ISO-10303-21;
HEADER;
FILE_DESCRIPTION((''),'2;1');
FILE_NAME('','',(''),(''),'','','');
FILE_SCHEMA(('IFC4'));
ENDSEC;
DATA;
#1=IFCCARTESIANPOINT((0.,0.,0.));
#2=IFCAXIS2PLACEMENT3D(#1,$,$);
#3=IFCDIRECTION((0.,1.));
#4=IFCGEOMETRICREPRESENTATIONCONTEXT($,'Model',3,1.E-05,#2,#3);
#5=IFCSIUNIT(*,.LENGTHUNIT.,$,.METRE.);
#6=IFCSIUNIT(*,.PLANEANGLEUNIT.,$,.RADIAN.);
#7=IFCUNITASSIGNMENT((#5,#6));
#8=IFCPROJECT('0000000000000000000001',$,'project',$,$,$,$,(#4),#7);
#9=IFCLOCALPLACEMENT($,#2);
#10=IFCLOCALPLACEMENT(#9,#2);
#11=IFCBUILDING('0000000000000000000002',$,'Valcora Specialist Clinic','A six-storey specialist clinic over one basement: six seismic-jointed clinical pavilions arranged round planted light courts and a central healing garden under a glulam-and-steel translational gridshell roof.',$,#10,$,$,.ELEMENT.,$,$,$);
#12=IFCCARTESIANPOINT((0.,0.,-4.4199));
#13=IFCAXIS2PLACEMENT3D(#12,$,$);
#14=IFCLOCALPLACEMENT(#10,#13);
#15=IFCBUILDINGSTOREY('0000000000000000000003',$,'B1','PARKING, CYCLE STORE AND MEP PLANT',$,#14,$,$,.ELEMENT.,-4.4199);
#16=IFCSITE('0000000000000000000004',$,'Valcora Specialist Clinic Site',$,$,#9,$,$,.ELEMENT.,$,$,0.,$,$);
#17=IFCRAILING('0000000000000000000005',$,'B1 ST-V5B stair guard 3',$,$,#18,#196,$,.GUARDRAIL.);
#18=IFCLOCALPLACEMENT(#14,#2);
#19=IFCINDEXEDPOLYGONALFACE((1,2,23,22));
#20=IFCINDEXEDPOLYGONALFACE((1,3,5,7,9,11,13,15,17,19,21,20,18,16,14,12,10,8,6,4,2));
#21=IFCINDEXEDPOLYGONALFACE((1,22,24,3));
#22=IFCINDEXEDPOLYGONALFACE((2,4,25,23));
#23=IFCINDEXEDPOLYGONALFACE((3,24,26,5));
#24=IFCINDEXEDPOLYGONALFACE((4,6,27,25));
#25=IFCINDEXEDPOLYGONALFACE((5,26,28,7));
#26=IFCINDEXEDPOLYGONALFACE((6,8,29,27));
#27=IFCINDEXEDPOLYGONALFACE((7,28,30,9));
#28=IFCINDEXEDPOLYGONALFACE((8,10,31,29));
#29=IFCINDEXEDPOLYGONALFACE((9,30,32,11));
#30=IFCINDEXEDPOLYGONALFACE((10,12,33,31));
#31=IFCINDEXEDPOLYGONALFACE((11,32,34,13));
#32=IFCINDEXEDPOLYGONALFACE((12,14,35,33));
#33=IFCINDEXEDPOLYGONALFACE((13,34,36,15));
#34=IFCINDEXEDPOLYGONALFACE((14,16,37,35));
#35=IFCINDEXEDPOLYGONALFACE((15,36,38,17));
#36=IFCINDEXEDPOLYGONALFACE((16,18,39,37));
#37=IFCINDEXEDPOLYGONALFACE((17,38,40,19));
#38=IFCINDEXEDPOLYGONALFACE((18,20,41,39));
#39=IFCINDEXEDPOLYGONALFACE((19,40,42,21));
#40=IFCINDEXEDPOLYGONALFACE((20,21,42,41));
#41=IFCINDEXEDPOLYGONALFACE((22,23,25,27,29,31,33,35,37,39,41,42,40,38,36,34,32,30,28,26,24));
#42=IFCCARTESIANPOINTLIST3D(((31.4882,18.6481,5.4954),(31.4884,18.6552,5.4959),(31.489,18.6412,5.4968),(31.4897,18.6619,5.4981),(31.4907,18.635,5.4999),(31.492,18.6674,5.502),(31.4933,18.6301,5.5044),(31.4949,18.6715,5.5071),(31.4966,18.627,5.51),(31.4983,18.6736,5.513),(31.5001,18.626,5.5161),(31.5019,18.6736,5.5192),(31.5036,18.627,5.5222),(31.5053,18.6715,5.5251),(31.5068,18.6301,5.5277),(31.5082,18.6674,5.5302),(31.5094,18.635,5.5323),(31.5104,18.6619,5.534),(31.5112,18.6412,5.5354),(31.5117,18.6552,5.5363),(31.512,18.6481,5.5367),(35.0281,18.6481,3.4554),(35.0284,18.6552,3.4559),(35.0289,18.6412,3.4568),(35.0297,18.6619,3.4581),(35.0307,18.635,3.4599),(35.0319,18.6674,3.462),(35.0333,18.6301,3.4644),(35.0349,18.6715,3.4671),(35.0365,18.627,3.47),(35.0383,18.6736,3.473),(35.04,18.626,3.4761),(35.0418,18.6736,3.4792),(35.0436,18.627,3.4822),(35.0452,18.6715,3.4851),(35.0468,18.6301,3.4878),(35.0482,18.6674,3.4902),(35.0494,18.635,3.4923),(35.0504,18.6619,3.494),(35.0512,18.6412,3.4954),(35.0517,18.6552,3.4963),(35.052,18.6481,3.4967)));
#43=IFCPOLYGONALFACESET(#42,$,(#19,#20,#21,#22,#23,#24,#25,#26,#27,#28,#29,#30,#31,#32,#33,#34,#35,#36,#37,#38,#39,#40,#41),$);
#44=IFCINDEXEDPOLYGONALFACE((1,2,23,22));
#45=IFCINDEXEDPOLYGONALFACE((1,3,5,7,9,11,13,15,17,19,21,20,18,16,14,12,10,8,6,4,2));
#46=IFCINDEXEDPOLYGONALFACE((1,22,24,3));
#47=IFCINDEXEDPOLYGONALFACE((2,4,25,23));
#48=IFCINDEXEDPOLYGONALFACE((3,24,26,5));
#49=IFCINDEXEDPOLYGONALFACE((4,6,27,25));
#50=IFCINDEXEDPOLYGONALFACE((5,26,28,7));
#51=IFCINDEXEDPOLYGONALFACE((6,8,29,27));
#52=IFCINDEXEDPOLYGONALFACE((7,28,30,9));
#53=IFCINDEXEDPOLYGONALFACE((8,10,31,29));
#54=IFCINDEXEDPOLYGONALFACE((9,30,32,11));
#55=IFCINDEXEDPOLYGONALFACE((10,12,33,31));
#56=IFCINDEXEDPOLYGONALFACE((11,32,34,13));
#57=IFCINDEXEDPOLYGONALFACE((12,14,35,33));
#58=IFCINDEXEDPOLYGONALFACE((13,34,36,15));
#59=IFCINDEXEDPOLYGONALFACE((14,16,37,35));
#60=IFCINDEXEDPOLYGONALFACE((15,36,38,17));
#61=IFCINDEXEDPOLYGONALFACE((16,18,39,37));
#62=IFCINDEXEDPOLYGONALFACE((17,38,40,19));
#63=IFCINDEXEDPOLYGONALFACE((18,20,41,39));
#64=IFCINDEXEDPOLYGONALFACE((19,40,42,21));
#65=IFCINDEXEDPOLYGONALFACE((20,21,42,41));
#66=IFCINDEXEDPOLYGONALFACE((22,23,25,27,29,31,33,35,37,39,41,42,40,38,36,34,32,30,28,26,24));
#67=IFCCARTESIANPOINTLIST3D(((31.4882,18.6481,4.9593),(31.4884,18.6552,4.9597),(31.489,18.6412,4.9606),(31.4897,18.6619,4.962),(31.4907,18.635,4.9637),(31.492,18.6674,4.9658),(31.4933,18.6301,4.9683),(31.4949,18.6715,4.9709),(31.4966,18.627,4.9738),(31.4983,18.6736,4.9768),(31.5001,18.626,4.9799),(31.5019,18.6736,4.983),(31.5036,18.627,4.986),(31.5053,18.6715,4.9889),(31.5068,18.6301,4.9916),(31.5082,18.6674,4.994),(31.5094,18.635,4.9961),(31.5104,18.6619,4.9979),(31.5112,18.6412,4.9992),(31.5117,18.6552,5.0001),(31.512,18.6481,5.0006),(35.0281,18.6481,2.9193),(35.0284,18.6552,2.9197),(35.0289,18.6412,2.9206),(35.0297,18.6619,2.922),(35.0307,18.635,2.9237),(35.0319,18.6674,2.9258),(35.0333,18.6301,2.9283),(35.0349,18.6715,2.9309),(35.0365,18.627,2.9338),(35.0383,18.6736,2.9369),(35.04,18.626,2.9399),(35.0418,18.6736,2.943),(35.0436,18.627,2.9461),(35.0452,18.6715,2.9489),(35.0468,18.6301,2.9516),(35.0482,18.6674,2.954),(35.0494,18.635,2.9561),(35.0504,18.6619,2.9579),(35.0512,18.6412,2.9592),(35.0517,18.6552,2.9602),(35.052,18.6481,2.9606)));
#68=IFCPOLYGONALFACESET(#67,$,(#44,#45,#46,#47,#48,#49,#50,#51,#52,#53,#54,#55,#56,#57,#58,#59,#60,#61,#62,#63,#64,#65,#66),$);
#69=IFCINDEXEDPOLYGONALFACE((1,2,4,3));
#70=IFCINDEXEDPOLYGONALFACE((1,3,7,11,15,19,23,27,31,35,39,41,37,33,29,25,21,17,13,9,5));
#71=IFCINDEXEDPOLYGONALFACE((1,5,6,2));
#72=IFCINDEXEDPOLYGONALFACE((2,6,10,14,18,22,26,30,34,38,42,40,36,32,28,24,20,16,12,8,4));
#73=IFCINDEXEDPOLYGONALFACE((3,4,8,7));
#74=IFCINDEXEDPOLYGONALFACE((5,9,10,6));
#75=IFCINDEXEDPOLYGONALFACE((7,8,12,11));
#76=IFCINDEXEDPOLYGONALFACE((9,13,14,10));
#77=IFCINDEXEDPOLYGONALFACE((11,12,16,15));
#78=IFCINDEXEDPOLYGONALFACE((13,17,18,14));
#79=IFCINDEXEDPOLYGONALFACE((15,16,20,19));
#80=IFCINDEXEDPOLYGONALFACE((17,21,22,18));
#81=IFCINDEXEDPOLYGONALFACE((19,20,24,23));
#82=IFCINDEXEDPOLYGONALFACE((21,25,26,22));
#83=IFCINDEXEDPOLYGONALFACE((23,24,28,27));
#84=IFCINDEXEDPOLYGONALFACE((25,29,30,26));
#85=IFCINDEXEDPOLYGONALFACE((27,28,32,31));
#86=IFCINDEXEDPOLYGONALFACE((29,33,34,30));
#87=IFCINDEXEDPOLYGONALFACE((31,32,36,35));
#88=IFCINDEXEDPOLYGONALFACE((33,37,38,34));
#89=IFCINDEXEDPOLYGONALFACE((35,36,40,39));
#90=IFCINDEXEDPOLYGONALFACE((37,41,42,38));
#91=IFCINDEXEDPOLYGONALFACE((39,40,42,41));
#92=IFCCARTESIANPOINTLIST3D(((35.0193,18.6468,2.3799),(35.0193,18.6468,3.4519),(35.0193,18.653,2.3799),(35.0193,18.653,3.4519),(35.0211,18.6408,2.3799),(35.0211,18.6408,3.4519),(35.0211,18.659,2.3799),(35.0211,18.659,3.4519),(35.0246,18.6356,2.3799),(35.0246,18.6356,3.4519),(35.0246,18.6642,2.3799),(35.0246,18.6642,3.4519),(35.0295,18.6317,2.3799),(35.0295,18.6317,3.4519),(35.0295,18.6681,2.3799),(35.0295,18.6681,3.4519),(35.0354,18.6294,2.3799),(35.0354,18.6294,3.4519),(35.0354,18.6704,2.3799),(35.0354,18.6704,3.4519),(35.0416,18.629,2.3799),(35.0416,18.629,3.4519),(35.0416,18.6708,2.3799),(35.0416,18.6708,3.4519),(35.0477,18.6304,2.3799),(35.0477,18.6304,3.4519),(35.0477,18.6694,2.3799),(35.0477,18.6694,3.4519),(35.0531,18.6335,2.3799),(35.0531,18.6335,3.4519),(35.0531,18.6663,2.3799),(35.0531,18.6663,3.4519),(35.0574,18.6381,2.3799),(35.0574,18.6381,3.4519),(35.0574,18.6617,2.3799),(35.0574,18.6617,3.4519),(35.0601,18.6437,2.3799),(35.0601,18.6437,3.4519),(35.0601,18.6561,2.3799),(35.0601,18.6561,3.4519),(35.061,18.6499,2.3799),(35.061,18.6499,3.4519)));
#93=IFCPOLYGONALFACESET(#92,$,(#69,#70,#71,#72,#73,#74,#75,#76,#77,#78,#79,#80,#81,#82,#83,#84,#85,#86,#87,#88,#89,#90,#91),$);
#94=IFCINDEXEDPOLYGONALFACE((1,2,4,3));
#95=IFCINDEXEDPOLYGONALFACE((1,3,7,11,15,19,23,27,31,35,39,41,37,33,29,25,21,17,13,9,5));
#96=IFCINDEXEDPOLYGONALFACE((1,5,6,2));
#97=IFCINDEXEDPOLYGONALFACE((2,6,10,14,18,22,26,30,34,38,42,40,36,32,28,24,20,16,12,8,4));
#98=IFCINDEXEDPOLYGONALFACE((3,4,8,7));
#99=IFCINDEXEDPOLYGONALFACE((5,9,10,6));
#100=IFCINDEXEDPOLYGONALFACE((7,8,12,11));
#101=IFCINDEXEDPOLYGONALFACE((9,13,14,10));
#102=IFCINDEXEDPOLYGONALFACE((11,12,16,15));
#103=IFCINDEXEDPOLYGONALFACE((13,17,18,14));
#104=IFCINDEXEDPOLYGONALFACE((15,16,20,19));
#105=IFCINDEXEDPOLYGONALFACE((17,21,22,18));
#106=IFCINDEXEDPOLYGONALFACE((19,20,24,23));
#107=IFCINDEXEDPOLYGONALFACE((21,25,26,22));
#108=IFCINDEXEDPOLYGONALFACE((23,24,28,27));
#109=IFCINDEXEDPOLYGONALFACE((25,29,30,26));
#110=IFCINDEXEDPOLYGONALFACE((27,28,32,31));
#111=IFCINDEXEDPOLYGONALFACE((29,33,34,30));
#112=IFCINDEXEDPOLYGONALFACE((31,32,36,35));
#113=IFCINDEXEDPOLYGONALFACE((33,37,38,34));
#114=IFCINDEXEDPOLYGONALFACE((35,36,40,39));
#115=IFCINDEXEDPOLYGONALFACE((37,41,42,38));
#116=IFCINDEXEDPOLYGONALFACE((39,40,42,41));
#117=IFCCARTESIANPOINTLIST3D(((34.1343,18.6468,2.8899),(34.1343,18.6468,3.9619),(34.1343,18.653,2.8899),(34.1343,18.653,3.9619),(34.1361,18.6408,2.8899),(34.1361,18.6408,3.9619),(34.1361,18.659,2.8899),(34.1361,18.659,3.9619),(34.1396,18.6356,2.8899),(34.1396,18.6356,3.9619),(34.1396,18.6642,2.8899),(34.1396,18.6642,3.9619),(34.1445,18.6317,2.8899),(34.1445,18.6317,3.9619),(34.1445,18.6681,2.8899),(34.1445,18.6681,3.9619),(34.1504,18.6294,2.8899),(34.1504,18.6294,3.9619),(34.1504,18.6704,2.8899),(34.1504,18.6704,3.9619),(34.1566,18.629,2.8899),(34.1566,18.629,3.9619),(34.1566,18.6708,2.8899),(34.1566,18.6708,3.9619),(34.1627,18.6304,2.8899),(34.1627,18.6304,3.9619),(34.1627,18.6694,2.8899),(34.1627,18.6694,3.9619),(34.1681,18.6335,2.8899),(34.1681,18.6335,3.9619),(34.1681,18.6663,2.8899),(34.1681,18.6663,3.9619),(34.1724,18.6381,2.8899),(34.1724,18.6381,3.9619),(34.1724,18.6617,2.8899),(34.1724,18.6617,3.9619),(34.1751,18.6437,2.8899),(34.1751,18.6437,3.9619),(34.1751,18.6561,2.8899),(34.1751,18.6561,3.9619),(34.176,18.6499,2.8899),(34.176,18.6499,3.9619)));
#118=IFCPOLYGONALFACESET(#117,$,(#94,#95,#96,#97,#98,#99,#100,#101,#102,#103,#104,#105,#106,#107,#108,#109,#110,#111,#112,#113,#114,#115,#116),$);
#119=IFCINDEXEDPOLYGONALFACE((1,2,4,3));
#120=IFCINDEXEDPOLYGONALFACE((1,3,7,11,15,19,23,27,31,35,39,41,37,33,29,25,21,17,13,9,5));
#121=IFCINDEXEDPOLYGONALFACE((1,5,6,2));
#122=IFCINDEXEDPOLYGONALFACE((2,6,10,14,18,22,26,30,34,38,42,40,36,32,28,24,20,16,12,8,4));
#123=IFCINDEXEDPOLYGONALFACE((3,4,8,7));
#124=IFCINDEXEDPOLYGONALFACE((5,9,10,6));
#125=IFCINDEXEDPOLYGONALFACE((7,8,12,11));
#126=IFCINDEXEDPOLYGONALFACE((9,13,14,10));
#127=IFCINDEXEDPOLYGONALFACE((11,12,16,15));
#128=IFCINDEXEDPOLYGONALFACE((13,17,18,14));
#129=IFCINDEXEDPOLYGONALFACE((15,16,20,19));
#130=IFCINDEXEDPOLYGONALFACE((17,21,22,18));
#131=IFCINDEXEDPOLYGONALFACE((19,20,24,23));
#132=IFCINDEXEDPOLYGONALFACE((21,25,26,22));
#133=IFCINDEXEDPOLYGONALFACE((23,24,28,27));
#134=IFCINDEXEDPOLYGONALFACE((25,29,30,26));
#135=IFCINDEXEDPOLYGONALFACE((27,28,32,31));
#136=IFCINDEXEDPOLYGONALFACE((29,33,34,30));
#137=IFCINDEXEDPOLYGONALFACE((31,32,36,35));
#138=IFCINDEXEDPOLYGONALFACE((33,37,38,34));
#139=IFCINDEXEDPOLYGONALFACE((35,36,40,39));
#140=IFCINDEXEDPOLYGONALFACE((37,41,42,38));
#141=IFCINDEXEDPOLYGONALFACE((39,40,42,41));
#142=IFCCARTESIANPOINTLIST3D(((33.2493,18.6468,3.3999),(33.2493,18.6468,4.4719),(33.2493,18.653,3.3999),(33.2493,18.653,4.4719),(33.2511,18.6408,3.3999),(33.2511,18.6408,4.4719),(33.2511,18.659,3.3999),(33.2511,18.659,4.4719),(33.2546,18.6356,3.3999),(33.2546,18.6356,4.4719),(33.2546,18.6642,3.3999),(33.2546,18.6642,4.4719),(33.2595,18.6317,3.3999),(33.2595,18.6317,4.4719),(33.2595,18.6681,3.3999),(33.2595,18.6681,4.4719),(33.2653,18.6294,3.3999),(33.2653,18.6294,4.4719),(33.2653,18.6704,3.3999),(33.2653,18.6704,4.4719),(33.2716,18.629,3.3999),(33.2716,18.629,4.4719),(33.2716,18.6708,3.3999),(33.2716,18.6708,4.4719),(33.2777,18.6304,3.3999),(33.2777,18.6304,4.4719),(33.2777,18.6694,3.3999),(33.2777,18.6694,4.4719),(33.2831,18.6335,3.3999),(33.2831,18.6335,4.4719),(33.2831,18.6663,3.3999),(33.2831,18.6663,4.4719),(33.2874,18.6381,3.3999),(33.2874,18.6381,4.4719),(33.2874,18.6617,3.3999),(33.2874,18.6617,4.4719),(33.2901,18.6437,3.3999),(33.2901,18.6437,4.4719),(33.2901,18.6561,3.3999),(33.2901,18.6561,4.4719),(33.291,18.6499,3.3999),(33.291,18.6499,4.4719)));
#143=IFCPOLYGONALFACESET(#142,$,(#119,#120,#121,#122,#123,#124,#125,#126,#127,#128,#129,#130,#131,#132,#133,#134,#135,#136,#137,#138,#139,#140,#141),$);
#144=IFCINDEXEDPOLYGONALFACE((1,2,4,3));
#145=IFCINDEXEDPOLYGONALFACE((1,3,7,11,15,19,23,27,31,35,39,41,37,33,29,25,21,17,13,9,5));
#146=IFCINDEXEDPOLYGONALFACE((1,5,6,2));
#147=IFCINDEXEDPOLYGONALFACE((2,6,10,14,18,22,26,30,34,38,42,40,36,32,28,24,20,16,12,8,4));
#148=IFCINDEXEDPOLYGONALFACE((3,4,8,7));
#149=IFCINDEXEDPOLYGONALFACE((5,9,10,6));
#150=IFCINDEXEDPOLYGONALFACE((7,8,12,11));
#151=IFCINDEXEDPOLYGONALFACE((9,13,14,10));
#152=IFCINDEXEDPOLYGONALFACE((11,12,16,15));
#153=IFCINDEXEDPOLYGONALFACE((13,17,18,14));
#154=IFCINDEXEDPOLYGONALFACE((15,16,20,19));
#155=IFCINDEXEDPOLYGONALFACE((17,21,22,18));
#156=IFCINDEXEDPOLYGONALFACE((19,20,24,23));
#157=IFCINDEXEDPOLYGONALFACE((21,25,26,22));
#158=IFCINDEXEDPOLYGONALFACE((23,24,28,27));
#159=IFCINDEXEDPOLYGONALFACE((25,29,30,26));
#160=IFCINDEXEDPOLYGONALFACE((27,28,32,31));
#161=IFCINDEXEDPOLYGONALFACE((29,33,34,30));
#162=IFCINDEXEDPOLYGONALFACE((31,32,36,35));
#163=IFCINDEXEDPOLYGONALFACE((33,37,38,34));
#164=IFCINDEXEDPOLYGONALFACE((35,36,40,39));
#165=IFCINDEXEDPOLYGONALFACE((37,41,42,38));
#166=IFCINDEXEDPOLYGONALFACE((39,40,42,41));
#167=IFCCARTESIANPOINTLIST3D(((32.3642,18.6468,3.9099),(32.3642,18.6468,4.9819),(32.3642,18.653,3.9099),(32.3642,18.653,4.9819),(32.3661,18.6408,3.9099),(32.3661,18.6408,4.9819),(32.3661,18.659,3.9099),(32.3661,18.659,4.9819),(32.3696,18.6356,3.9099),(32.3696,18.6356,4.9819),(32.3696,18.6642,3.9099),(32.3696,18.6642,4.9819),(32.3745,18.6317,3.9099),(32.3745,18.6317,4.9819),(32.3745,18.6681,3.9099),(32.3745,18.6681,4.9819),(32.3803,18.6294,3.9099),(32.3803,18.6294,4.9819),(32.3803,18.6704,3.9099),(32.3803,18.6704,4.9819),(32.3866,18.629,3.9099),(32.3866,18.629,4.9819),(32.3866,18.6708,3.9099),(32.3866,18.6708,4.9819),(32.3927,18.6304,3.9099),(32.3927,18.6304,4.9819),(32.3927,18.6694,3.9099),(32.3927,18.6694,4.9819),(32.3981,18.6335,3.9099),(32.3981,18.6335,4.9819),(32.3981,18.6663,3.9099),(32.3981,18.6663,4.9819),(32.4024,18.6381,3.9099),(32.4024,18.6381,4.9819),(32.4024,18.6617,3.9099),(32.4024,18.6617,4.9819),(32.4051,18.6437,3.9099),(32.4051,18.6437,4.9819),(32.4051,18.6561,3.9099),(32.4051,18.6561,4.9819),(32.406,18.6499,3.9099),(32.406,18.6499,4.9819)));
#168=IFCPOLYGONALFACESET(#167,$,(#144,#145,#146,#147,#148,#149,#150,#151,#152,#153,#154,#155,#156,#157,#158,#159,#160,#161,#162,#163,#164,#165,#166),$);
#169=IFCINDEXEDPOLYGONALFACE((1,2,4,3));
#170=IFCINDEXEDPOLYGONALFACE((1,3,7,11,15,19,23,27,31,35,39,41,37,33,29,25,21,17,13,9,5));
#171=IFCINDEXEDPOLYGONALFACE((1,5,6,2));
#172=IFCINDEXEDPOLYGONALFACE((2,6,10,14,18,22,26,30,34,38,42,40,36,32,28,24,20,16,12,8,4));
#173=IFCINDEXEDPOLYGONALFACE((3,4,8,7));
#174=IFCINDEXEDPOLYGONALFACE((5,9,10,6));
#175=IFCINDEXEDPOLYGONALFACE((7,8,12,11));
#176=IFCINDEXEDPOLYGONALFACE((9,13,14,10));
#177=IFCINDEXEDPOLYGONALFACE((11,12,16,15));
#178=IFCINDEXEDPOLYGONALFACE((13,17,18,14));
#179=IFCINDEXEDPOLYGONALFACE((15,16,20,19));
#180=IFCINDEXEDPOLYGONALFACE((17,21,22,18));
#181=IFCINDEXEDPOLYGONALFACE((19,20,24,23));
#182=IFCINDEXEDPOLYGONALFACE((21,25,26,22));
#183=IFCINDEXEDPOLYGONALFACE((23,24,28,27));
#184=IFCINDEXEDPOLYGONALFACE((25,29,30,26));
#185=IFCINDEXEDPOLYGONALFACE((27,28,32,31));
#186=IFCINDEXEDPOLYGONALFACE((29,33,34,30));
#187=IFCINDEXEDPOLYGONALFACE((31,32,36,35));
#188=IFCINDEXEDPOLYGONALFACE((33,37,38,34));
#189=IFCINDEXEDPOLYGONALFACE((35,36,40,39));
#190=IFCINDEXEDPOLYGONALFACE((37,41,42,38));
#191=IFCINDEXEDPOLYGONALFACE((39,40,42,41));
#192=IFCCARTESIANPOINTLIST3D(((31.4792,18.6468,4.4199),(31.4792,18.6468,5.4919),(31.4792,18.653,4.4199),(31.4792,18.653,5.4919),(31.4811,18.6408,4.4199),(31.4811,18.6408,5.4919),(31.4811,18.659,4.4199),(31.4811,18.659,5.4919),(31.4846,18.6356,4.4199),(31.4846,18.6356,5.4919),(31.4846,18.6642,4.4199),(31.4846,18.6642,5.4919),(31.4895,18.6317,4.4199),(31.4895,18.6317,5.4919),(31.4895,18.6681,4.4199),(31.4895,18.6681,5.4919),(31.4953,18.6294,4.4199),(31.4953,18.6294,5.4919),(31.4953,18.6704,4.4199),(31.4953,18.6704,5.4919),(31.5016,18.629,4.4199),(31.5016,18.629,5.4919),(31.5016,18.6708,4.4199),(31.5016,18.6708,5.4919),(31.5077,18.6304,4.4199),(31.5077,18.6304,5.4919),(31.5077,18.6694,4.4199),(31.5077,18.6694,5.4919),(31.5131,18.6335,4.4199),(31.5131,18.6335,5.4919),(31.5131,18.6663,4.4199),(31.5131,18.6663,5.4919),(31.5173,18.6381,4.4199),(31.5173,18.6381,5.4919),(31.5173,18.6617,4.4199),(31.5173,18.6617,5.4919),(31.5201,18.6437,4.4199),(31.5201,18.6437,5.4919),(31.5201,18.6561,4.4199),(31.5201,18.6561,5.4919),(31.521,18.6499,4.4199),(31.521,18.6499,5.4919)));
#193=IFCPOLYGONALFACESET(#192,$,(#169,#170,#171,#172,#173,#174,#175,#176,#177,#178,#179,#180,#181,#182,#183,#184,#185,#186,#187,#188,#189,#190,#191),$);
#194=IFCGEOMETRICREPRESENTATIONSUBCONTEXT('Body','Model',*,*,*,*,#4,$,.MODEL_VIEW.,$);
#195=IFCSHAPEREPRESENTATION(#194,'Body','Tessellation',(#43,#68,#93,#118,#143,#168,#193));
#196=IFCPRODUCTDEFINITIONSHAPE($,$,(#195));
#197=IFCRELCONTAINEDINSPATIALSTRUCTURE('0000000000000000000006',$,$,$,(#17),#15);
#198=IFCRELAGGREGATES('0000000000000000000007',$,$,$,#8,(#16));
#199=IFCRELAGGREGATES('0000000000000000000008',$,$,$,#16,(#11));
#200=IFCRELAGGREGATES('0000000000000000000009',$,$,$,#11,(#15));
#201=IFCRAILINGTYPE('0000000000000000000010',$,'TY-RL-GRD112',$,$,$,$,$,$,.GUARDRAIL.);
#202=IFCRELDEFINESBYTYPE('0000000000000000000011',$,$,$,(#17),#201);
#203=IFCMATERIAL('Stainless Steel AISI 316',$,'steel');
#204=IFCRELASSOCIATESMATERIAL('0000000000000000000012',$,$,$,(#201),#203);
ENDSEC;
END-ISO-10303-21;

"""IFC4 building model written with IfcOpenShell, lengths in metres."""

from ifc_helpers import new_model, si_unit, direction, frame, origin, origin_2d, place, context, subcontext, project, spatial, circle, extrude, material, type_object, element, save


model = new_model("IFC4")

# Units and contexts
model_context = context("Model", 3, precision=1e-05, world=origin(), true_north=direction((0.0, 1.0)))
body_context = subcontext(model_context, "Body", "Model", "MODEL_VIEW")
ifc_project = project(units=[si_unit("LENGTHUNIT", "METRE"), si_unit("PLANEANGLEUNIT", "RADIAN")], contexts=[model_context])

# Site, building, storey
site_placement = place(None, origin())
site = spatial("IfcSite", under=ifc_project, at=site_placement, Name="Valcora Specialist Clinic Site", CompositionType="ELEMENT", RefElevation=0.0)
building_placement = place(site_placement, origin())
building = spatial("IfcBuilding", under=site, at=building_placement, Name="Valcora Specialist Clinic", Description="A six-storey specialist clinic over one basement: six seismic-jointed clinical pavilions arranged round planted light courts and a central healing garden under a glulam-and-steel translational gridshell roof.", CompositionType="ELEMENT")
storey_placement = place(building_placement, frame((0.0, 0.0, -4.4199)))
storey = spatial("IfcBuildingStorey", under=building, at=storey_placement, Name="B1", Description="PARKING, CYCLE STORE AND MEP PLANT", CompositionType="ELEMENT", Elevation=-4.4199)

# Railing
ifc_material_1 = material(Name="Stainless Steel AISI 316", Category="steel")
railing_type_1 = type_object("IfcRailingType", Name="TY-RL-GRD112", PredefinedType="GUARDRAIL", material=ifc_material_1)
railing_1_placement = place(storey_placement, frame((35.04, 18.6499, 2.3799)))
element("IfcRailing", 1, at=railing_1_placement, inside=storey, type_object=railing_type_1, Name="B1 ST-V5B stair guard 3", PredefinedType="GUARDRAIL", context=body_context, shape_type="SweptSolid", body=[
    extrude(circle(Radius=0.0239, at=origin_2d()), frame((0.0, 0.0, 1.0962), z_axis=(-0.866428, 0.0, 0.499302), x_axis=(0.0, -1.0, 0.0)), (0.0, 0.0, 1.0), 4.0857),
    extrude(circle(Radius=0.0239, at=origin_2d()), frame((0.0, 0.0, 0.5601), z_axis=(-0.866428, 0.0, 0.499302), x_axis=(0.0, -1.0, 0.0)), (0.0, 0.0, 1.0), 4.0857),
    extrude(circle(Radius=0.021, at=origin_2d()), origin(), (0.0, 0.0, 1.0), 1.072),
    extrude(circle(Radius=0.021, at=origin_2d()), frame((-0.885, 0.0, 0.51)), (0.0, 0.0, 1.0), 1.072),
    extrude(circle(Radius=0.021, at=origin_2d()), frame((-1.77, 0.0, 1.02)), (0.0, 0.0, 1.0), 1.072),
    extrude(circle(Radius=0.021, at=origin_2d()), frame((-2.655, 0.0, 1.53)), (0.0, 0.0, 1.0), 1.072),
    extrude(circle(Radius=0.021, at=origin_2d()), frame((-3.54, 0.0, 2.04)), (0.0, 0.0, 1.0), 1.072),
])

save(model, "model.ifc")
